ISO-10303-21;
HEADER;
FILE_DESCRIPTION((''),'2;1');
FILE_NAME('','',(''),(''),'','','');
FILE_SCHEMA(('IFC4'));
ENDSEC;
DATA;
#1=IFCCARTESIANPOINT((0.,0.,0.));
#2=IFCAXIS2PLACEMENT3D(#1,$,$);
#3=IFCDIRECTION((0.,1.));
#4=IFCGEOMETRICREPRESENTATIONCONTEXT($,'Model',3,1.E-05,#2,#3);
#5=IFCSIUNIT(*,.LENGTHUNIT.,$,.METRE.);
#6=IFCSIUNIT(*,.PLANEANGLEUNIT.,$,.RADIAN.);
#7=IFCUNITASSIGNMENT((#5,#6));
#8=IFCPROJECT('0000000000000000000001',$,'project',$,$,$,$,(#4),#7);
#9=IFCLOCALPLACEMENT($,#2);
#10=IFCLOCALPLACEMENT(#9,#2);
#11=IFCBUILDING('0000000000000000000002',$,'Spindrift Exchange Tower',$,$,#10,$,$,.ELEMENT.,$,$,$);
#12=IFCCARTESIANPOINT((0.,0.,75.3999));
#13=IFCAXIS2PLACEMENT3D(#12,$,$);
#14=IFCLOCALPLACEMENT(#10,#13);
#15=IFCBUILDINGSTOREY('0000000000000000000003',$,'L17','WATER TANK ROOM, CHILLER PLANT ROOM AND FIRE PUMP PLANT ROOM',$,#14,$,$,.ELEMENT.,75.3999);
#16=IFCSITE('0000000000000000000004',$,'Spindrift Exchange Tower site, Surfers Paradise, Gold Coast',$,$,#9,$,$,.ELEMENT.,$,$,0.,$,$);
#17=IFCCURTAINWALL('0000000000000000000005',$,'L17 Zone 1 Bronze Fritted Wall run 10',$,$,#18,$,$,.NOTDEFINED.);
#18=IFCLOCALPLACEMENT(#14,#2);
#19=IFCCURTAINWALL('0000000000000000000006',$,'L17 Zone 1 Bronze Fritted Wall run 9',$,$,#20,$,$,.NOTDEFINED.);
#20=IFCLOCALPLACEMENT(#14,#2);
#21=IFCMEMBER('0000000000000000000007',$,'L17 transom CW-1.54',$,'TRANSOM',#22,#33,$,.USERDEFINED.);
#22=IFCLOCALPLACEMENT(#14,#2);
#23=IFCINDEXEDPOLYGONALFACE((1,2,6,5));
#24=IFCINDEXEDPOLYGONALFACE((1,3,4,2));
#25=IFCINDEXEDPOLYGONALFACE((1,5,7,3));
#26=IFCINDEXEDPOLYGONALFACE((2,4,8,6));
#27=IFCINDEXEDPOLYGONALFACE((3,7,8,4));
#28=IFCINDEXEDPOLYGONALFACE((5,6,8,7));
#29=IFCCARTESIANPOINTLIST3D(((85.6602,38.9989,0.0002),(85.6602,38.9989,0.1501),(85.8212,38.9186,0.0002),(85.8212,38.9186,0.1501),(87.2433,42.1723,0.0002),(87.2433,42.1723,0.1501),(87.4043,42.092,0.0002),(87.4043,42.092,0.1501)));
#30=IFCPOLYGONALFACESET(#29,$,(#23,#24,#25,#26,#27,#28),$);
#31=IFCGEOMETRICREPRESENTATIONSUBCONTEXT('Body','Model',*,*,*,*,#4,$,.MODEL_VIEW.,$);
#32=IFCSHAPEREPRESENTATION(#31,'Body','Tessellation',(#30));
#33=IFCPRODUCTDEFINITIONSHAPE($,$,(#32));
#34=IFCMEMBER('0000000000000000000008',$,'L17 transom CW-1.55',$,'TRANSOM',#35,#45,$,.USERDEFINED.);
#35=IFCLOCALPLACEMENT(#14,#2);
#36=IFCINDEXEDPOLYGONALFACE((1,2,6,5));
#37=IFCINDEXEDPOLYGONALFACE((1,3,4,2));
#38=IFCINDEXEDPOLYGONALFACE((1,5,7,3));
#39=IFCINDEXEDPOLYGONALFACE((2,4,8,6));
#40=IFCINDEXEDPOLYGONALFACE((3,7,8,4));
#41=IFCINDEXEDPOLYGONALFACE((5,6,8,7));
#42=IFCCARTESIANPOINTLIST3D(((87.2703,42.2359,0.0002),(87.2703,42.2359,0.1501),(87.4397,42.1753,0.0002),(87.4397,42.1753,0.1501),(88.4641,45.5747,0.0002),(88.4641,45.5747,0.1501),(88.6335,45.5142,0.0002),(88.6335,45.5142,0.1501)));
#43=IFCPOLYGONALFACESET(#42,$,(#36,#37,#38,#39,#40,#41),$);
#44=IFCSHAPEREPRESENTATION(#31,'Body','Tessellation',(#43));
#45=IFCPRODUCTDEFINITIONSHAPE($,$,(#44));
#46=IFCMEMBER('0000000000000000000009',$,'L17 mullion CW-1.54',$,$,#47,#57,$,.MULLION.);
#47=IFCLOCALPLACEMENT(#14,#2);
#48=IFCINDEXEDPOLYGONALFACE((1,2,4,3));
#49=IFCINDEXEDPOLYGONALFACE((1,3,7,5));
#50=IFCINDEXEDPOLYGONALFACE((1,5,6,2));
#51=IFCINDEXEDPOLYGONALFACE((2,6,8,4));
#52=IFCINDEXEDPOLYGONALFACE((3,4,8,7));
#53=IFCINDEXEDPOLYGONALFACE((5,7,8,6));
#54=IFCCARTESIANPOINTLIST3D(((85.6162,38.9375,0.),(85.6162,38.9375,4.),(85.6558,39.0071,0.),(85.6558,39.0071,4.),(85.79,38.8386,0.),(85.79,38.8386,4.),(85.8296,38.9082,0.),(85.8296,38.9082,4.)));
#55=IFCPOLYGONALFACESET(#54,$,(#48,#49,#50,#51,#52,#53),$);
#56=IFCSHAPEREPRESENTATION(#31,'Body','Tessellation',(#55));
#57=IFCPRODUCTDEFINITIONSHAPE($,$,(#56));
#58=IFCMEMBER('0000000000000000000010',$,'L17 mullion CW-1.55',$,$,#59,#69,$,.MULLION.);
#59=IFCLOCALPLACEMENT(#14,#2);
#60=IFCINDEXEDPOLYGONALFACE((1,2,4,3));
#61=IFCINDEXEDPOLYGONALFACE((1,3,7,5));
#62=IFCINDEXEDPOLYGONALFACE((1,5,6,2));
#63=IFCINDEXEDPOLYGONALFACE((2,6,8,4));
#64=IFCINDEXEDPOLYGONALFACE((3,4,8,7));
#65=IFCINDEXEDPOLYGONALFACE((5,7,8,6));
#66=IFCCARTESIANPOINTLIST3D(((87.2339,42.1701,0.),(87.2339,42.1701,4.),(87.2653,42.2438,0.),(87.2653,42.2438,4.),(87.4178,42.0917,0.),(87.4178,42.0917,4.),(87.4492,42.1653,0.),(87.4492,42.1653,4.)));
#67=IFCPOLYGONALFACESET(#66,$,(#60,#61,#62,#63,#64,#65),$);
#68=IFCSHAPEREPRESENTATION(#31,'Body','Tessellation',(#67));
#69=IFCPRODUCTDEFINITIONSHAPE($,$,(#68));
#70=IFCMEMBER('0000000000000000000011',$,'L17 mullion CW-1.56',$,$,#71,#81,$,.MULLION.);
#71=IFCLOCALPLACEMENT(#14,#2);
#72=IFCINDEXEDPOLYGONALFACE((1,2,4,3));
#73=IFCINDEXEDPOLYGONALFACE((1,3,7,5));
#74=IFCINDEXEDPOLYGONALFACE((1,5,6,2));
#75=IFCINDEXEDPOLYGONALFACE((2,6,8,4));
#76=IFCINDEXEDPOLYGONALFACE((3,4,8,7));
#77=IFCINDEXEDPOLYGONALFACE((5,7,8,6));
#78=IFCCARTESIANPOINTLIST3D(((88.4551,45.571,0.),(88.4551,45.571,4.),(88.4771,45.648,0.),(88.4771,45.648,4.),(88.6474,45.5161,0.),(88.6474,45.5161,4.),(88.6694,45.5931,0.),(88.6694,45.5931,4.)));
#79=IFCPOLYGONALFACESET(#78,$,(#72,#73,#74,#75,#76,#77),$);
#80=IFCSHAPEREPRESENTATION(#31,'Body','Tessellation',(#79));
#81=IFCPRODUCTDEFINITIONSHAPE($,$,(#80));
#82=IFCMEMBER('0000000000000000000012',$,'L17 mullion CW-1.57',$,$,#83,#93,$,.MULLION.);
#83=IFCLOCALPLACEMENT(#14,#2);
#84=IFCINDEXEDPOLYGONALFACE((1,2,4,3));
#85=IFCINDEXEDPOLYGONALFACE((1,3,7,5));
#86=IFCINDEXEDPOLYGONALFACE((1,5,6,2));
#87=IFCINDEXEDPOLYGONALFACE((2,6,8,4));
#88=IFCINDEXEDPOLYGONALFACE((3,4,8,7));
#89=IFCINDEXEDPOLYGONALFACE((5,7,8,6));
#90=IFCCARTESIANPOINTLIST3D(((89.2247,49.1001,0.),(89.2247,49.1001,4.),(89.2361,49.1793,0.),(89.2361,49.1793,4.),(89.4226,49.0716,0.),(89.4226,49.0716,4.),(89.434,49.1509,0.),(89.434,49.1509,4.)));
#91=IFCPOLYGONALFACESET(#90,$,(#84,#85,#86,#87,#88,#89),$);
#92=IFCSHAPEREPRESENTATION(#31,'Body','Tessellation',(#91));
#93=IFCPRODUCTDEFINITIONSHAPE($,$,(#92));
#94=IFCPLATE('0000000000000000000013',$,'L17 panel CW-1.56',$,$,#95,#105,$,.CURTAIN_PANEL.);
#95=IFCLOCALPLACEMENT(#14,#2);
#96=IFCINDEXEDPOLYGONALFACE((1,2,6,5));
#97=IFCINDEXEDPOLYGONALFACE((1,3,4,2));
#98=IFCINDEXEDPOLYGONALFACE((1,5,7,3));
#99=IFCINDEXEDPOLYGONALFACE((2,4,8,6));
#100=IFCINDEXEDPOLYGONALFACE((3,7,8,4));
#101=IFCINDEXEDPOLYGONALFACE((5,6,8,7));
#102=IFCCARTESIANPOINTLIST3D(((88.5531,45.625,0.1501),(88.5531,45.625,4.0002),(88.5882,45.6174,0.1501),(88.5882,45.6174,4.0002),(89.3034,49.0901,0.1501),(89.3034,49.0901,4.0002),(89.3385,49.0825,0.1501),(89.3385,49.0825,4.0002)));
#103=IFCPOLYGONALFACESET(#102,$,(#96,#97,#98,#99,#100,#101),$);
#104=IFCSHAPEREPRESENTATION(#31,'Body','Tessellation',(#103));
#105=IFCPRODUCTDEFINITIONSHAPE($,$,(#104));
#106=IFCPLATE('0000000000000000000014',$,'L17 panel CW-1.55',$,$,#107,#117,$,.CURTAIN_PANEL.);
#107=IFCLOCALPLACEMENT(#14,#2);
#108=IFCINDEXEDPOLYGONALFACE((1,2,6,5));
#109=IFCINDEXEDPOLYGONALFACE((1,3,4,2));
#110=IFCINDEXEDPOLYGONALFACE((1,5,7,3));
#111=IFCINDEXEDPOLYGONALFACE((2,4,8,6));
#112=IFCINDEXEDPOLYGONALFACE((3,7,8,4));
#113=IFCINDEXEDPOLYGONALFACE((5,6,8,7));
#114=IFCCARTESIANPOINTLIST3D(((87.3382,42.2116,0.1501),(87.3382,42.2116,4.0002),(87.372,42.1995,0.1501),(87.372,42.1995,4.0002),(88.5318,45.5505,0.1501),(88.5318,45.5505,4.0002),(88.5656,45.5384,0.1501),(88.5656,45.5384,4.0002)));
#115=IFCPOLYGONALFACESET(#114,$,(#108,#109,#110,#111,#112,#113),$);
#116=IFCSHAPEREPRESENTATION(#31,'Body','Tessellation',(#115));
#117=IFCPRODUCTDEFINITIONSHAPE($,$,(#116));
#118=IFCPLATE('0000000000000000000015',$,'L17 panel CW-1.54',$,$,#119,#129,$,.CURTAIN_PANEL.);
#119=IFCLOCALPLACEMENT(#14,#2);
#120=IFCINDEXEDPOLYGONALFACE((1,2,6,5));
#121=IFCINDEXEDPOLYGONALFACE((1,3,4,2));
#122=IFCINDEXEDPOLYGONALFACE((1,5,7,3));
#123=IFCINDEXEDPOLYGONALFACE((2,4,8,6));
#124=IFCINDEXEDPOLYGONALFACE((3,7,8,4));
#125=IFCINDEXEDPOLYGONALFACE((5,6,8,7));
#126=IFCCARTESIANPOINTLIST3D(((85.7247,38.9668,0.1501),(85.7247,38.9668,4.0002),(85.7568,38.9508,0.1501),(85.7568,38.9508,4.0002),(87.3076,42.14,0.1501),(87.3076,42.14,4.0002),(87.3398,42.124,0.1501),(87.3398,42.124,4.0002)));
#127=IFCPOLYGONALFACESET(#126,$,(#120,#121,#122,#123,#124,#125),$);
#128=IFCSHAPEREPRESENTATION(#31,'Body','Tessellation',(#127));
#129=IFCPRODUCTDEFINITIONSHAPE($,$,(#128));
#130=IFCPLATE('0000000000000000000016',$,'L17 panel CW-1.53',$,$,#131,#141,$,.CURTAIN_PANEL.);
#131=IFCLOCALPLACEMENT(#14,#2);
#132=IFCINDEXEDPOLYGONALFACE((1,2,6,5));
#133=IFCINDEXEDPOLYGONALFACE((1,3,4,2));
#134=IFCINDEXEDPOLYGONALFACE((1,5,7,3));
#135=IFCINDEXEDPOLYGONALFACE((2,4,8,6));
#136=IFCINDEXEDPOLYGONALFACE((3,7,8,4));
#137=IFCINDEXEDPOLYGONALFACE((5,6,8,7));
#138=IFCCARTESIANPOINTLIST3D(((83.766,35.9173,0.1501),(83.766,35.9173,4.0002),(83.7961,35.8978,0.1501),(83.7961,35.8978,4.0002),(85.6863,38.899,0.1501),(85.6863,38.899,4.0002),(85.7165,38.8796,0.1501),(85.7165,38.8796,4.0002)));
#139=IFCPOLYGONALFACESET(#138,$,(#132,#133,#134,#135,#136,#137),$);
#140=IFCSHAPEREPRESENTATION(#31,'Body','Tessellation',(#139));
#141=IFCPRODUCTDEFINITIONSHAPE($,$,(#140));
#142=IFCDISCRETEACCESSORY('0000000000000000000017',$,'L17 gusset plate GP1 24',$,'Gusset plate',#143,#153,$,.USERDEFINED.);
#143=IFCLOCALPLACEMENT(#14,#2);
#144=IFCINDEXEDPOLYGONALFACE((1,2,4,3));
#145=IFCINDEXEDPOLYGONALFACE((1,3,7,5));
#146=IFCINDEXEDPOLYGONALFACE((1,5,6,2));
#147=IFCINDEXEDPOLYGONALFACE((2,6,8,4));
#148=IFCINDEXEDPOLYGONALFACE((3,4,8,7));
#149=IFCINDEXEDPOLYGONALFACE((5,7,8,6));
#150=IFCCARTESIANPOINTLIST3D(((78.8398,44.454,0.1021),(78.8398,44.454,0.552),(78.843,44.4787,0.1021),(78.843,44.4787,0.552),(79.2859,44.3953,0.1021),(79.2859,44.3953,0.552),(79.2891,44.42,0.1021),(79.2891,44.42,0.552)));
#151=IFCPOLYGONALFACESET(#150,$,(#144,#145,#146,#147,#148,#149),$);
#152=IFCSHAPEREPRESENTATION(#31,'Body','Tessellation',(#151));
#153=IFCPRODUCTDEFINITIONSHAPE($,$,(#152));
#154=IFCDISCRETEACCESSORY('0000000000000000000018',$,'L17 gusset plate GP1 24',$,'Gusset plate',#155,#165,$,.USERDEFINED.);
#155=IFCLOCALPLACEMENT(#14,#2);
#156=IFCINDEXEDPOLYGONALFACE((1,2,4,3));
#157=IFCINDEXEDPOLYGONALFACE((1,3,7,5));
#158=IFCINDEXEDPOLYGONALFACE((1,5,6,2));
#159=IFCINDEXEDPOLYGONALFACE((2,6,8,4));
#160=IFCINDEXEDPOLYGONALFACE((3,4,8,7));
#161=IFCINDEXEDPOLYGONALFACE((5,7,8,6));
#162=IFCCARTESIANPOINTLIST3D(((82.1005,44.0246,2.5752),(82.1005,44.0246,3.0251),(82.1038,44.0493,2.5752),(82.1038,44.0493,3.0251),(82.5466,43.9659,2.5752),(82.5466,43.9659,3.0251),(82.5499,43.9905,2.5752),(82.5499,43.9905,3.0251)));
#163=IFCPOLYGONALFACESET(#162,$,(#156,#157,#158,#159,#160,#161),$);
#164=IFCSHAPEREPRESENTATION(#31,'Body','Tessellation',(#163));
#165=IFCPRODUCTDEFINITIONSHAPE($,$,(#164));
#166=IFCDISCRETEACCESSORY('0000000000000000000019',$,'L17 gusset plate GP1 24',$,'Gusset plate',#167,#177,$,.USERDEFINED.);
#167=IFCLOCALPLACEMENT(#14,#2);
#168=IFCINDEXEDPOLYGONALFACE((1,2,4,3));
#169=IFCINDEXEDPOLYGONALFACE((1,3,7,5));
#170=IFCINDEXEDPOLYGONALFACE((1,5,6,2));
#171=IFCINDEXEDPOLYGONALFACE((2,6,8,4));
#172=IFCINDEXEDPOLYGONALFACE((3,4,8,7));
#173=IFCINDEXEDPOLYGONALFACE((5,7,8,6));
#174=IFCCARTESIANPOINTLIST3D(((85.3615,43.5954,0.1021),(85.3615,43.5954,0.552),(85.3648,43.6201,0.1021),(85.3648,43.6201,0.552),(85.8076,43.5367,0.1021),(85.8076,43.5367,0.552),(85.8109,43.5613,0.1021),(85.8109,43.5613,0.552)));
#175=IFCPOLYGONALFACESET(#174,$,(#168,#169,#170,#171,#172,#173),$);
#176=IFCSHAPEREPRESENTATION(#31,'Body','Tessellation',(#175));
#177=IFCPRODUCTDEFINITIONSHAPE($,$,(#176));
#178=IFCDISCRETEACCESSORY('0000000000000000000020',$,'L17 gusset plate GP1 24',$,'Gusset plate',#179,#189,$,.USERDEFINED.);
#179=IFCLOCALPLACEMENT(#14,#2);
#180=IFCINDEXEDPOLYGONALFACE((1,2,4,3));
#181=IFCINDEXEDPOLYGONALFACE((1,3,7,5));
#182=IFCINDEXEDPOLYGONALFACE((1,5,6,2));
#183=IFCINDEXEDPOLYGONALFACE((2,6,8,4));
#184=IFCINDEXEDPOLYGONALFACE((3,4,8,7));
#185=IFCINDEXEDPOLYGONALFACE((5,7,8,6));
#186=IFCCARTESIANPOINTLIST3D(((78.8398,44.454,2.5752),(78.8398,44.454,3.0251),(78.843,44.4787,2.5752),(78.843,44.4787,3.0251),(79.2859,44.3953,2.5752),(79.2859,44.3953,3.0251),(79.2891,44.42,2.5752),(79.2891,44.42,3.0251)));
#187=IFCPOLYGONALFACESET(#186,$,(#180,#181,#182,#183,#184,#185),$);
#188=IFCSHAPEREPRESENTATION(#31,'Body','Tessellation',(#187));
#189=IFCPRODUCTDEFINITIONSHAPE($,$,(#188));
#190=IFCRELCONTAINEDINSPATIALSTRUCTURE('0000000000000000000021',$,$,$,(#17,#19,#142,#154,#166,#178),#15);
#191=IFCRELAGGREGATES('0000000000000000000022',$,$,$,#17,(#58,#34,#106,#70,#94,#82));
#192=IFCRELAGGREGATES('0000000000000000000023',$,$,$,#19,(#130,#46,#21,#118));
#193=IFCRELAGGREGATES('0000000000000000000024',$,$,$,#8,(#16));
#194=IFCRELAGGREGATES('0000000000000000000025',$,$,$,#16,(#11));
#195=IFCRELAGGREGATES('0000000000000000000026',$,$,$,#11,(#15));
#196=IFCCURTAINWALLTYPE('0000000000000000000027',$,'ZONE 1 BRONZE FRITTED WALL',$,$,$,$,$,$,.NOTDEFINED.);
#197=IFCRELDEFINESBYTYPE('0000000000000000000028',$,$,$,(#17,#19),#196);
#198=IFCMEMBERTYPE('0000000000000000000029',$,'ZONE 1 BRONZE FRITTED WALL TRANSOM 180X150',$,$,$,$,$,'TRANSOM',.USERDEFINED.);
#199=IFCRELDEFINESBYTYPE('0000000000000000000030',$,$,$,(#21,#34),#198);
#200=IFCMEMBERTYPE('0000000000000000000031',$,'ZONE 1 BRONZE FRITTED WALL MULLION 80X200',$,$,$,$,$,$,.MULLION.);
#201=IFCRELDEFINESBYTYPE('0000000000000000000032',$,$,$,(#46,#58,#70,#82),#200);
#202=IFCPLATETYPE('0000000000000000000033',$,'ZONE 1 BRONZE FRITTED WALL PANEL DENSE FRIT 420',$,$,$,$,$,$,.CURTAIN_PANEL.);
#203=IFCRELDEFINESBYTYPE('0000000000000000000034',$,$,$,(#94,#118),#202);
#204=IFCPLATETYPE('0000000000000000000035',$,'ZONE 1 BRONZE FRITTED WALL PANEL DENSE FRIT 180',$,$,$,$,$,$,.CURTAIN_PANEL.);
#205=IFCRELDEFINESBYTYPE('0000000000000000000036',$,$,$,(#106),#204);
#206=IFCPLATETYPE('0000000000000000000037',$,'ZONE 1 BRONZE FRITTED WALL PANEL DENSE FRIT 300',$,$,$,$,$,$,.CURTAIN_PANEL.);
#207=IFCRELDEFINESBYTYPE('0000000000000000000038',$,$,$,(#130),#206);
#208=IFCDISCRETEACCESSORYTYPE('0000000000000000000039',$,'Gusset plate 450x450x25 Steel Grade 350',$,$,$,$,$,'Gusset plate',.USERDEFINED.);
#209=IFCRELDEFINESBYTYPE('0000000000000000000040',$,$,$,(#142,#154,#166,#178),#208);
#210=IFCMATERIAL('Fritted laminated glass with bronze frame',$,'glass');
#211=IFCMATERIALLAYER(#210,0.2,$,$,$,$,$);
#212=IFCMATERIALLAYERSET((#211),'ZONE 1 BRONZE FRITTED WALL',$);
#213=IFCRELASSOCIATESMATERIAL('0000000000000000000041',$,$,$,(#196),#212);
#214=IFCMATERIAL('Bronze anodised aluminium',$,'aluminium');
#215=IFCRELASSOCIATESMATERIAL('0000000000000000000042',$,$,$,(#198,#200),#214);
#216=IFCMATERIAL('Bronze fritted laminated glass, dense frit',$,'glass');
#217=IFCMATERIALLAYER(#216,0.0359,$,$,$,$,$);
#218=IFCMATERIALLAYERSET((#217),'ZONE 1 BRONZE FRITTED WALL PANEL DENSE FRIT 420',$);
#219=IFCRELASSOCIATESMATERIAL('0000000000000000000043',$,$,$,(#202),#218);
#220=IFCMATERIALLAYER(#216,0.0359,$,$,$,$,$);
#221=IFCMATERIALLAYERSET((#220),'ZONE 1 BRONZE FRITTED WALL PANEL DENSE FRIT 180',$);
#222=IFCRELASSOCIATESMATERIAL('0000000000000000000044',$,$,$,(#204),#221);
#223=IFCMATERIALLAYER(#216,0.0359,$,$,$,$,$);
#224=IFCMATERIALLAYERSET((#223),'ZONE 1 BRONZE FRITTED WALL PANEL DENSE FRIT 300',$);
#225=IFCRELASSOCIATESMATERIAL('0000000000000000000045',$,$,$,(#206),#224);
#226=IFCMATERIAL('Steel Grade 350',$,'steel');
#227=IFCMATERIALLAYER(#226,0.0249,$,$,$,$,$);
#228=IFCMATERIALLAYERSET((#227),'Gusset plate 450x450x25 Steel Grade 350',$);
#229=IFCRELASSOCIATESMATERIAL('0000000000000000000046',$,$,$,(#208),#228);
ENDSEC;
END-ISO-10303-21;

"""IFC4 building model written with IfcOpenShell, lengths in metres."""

from ifc_helpers import new_model, si_unit, direction, frame, origin, origin_2d, place, context, subcontext, project, spatial, rectangle, extrude, source, transform, mapped, material, layer, layer_set, material_profile, profile_set, type_object, element, aggregate, save


model = new_model("IFC4")

# Units and contexts
model_context = context("Model", 3, precision=1e-05, world=origin(), true_north=direction((0.0, 1.0)))
body_context = subcontext(model_context, "Body", "Model", "MODEL_VIEW")
ifc_project = project(units=[si_unit("LENGTHUNIT", "METRE"), si_unit("PLANEANGLEUNIT", "RADIAN")], contexts=[model_context])

# Site, building, storey
site_placement = place(None, origin())
site = spatial("IfcSite", under=ifc_project, at=site_placement, Name="Spindrift Exchange Tower site, Surfers Paradise, Gold Coast", CompositionType="ELEMENT", RefElevation=0.0)
building_placement = place(site_placement, origin())
building = spatial("IfcBuilding", under=site, at=building_placement, Name="Spindrift Exchange Tower", CompositionType="ELEMENT")
storey_placement = place(building_placement, frame((0.0, 0.0, 75.3999)))
storey = spatial("IfcBuildingStorey", under=building, at=storey_placement, Name="L17", Description="WATER TANK ROOM, CHILLER PLANT ROOM AND FIRE PUMP PLANT ROOM", CompositionType="ELEMENT", Elevation=75.3999)

# Shared definitions
ifc_material_1 = material(Name="Steel Grade 350", Category="steel")

# Curtain wall
ifc_material_2 = material(Name="Fritted laminated glass with bronze frame", Category="glass")
ifc_layer_1 = layer(ifc_material_2, 0.2)
ifc_layer_set_1 = layer_set([ifc_layer_1], Name="ZONE 1 BRONZE FRITTED WALL")
curtain_wall_type = type_object("IfcCurtainWallType", Name="ZONE 1 BRONZE FRITTED WALL", PredefinedType="NOTDEFINED", material=ifc_layer_set_1)
curtain_wall_1_placement = place(storey_placement, origin())
curtain_wall_1 = element("IfcCurtainWall", 1, at=curtain_wall_1_placement, inside=storey, type_object=curtain_wall_type, Name="L17 Zone 1 Bronze Fritted Wall run 10", PredefinedType="NOTDEFINED")
ifc_material_3 = material(Name="Bronze anodised aluminium", Category="aluminium")
ifc_material_profile_1 = material_profile(ifc_material_3, rectangle(XDim=0.1799, YDim=0.1499, at=origin_2d()), Name="ZONE 1 BRONZE FRITTED WALL TRANSOM 180X150")
ifc_profile_set_1 = profile_set([ifc_material_profile_1], Name="Bronze anodised aluminium")
member_type_1 = type_object("IfcMemberType", Name="ZONE 1 BRONZE FRITTED WALL TRANSOM 180X150", ElementType="TRANSOM", PredefinedType="USERDEFINED", material=ifc_profile_set_1)

# Curtain wall, member
curtain_wall_2_placement = place(storey_placement, origin())
curtain_wall_2 = element("IfcCurtainWall", 2, at=curtain_wall_2_placement, inside=storey, type_object=curtain_wall_type, Name="L17 Zone 1 Bronze Fritted Wall run 9", PredefinedType="NOTDEFINED")
shared_shape_1 = source(origin(), body_context, "Body", "SweptSolid", [
    extrude(rectangle(XDim=0.1799, YDim=0.1499, at=origin_2d()), origin(), (0.0, 0.0, 1.0), 3.5464),
])
member_1_placement = place(storey_placement, frame((85.7407, 38.9587, 0.0752), z_axis=(0.446387, 0.89484, 0.0), x_axis=(-0.89484, 0.446387, 0.0)))
member_1 = element("IfcMember", 3, at=member_1_placement, type_object=member_type_1, Name="L17 transom CW-1.54", ObjectType="TRANSOM", PredefinedType="USERDEFINED", context=body_context, shape_type="MappedRepresentation", body=[
    mapped(shared_shape_1, transform((0.0, 0.0, 0.0), scale=1.0)),
])

# Members
shared_shape_2 = source(origin(), body_context, "Body", "SweptSolid", [
    extrude(rectangle(XDim=0.1799, YDim=0.1499, at=origin_2d()), origin(), (0.0, 0.0, 1.0), 3.5459),
])
member_2_placement = place(storey_placement, frame((87.355, 42.2056, 0.0752), z_axis=(0.336685, 0.941617, 0.0), x_axis=(-0.941617, 0.336685, 0.0)))
member_2 = element("IfcMember", 4, at=member_2_placement, type_object=member_type_1, Name="L17 transom CW-1.55", ObjectType="TRANSOM", PredefinedType="USERDEFINED", context=body_context, shape_type="MappedRepresentation", body=[
    mapped(shared_shape_2, transform((0.0, 0.0, 0.0), scale=1.0)),
])
ifc_material_profile_2 = material_profile(ifc_material_3, rectangle(XDim=0.0801, YDim=0.2, at=origin_2d()), Name="ZONE 1 BRONZE FRITTED WALL MULLION 80X200")
ifc_profile_set_2 = profile_set([ifc_material_profile_2], Name="Bronze anodised aluminium")
member_type_2 = type_object("IfcMemberType", Name="ZONE 1 BRONZE FRITTED WALL MULLION 80X200", PredefinedType="MULLION", material=ifc_profile_set_2)
shared_shape_3 = source(origin(), body_context, "Body", "SweptSolid", [
    extrude(rectangle(XDim=0.0801, YDim=0.2, at=origin_2d()), origin(), (0.0, 0.0, 1.0), 4.0),
])
member_3_placement = place(storey_placement, frame((85.7229, 38.9229, 0.0), z_axis=(0.0, 0.0, 1.0), x_axis=(0.494656, 0.869089, 0.0)))
member_3 = element("IfcMember", 5, at=member_3_placement, type_object=member_type_2, Name="L17 mullion CW-1.54", PredefinedType="MULLION", context=body_context, shape_type="MappedRepresentation", body=[
    mapped(shared_shape_3, transform((0.0, 0.0, 0.0), scale=1.0)),
])
member_4_placement = place(storey_placement, frame((87.3416, 42.1677, 0.0), z_axis=(0.0, 0.0, 1.0), x_axis=(0.392207, 0.919877, 0.0)))
member_4 = element("IfcMember", 6, at=member_4_placement, type_object=member_type_2, Name="L17 mullion CW-1.55", PredefinedType="MULLION", context=body_context, shape_type="MappedRepresentation", body=[
    mapped(shared_shape_3, transform((0.0, 0.0, 0.0), scale=1.0)),
])
member_5_placement = place(storey_placement, frame((88.5623, 45.582, 0.0), z_axis=(0.0, 0.0, 1.0), x_axis=(0.274706, 0.961528, 0.0)))
member_5 = element("IfcMember", 7, at=member_5_placement, type_object=member_type_2, Name="L17 mullion CW-1.56", PredefinedType="MULLION", context=body_context, shape_type="MappedRepresentation", body=[
    mapped(shared_shape_3, transform((0.0, 0.0, 0.0), scale=1.0)),
])
member_6_placement = place(storey_placement, frame((89.3293, 49.1255, 0.0), z_axis=(0.0, 0.0, 1.0), x_axis=(0.142286, 0.989826, 0.0)))
member_6 = element("IfcMember", 8, at=member_6_placement, type_object=member_type_2, Name="L17 mullion CW-1.57", PredefinedType="MULLION", context=body_context, shape_type="MappedRepresentation", body=[
    mapped(shared_shape_3, transform((0.0, 0.0, 0.0), scale=1.0)),
])

# Plates
ifc_material_4 = material(Name="Bronze fritted laminated glass, dense frit", Category="glass")
ifc_layer_2 = layer(ifc_material_4, 0.0359)
ifc_layer_set_2 = layer_set([ifc_layer_2], Name="ZONE 1 BRONZE FRITTED WALL PANEL DENSE FRIT 420")
plate_type_1 = type_object("IfcPlateType", Name="ZONE 1 BRONZE FRITTED WALL PANEL DENSE FRIT 420", PredefinedType="CURTAIN_PANEL", material=ifc_layer_set_2)
shared_shape_4 = source(origin(), body_context, "Body", "SweptSolid", [
    extrude(rectangle(XDim=3.5454, YDim=0.0359, at=origin_2d()), origin(), (0.0, 0.0, 1.0), 3.8501),
])
plate_1_placement = place(storey_placement, frame((88.9458, 47.3538, 0.1501), z_axis=(0.0, 0.0, 1.0), x_axis=(0.211618, 0.977352, 0.0)))
plate_1 = element("IfcPlate", 9, at=plate_1_placement, type_object=plate_type_1, Name="L17 panel CW-1.56", PredefinedType="CURTAIN_PANEL", context=body_context, shape_type="MappedRepresentation", body=[
    mapped(shared_shape_4, transform((0.0, 0.0, 0.0), scale=1.0)),
])
ifc_layer_3 = layer(ifc_material_4, 0.0359)
ifc_layer_set_3 = layer_set([ifc_layer_3], Name="ZONE 1 BRONZE FRITTED WALL PANEL DENSE FRIT 180")
plate_type_2 = type_object("IfcPlateType", Name="ZONE 1 BRONZE FRITTED WALL PANEL DENSE FRIT 180", PredefinedType="CURTAIN_PANEL", material=ifc_layer_set_3)
shared_shape_5 = source(origin(), body_context, "Body", "SweptSolid", [
    extrude(rectangle(XDim=3.5459, YDim=0.0359, at=origin_2d()), origin(), (0.0, 0.0, 1.0), 3.8501),
])
plate_2_placement = place(storey_placement, frame((87.9519, 43.875, 0.1501), z_axis=(0.0, 0.0, 1.0), x_axis=(0.336632, 0.941636, 0.0)))
plate_2 = element("IfcPlate", 10, at=plate_2_placement, type_object=plate_type_2, Name="L17 panel CW-1.55", PredefinedType="CURTAIN_PANEL", context=body_context, shape_type="MappedRepresentation", body=[
    mapped(shared_shape_5, transform((0.0, 0.0, 0.0), scale=1.0)),
])
aggregate(curtain_wall_1, [member_4, member_2, plate_2, member_5, plate_1, member_6])
shared_shape_6 = source(origin(), body_context, "Body", "SweptSolid", [
    extrude(rectangle(XDim=3.5461, YDim=0.0359, at=origin_2d()), origin(), (0.0, 0.0, 1.0), 3.8501),
])
plate_3_placement = place(storey_placement, frame((86.5322, 40.5454, 0.1501), z_axis=(0.0, 0.0, 1.0), x_axis=(0.446387, 0.89484, 0.0)))
plate_3 = element("IfcPlate", 11, at=plate_3_placement, type_object=plate_type_1, Name="L17 panel CW-1.54", PredefinedType="CURTAIN_PANEL", context=body_context, shape_type="MappedRepresentation", body=[
    mapped(shared_shape_6, transform((0.0, 0.0, 0.0), scale=1.0)),
])
ifc_layer_4 = layer(ifc_material_4, 0.0359)
ifc_layer_set_4 = layer_set([ifc_layer_4], Name="ZONE 1 BRONZE FRITTED WALL PANEL DENSE FRIT 300")
plate_type_3 = type_object("IfcPlateType", Name="ZONE 1 BRONZE FRITTED WALL PANEL DENSE FRIT 300", PredefinedType="CURTAIN_PANEL", material=ifc_layer_set_4)
shared_shape_7 = source(origin(), body_context, "Body", "SweptSolid", [
    extrude(rectangle(XDim=3.5466, YDim=0.0359, at=origin_2d()), origin(), (0.0, 0.0, 1.0), 3.8501),
])
plate_4_placement = place(storey_placement, frame((84.7412, 37.3984, 0.1501), z_axis=(0.0, 0.0, 1.0), x_axis=(0.541446, 0.840736, 0.0)))
plate_4 = element("IfcPlate", 12, at=plate_4_placement, type_object=plate_type_3, Name="L17 panel CW-1.53", PredefinedType="CURTAIN_PANEL", context=body_context, shape_type="MappedRepresentation", body=[
    mapped(shared_shape_7, transform((0.0, 0.0, 0.0), scale=1.0)),
])
aggregate(curtain_wall_2, [plate_4, member_3, member_1, plate_3])

# Discrete accessories
ifc_layer_5 = layer(ifc_material_1, 0.0249)
ifc_layer_set_5 = layer_set([ifc_layer_5], Name="Gusset plate 450x450x25 Steel Grade 350")
discrete_accessory_type_1 = type_object("IfcDiscreteAccessoryType", Name="Gusset plate 450x450x25 Steel Grade 350", ElementType="Gusset plate", PredefinedType="USERDEFINED", material=ifc_layer_set_5)
shared_shape_8 = source(origin(), body_context, "Body", "SweptSolid", [
    extrude(rectangle(XDim=0.45, YDim=0.0249, at=origin_2d()), origin(), (0.0, 0.0, 1.0), 0.45),
])
for number, where, z_axis, x_axis, name in (
    (13, (79.0645, 44.437, 0.1021), (0.0, 0.0, 1.0), (0.991444, -0.130533, 0.0), "L17 gusset plate GP1 24"),
    (14, (82.3252, 44.0076, 2.5752), (0.0, 0.0, 1.0), (0.991445, -0.130528, 0.0), "L17 gusset plate GP1 24"),
    (15, (85.5862, 43.5784, 0.1021), (0.0, 0.0, 1.0), (0.991445, -0.130524, 0.0), "L17 gusset plate GP1 24"),
    (16, (79.0645, 44.437, 2.5752), (0.0, 0.0, 1.0), (0.991445, -0.130526, 0.0), "L17 gusset plate GP1 24"),
):
    element("IfcDiscreteAccessory", number, at=place(storey_placement, frame(where, z_axis=z_axis, x_axis=x_axis)), inside=storey, type_object=discrete_accessory_type_1, Name=name, ObjectType="Gusset plate", PredefinedType="USERDEFINED", context=body_context, shape_type="MappedRepresentation", body=[
        mapped(shared_shape_8, transform((0.0, 0.0, 0.0), scale=1.0)),
    ])

save(model, "model.ifc")
